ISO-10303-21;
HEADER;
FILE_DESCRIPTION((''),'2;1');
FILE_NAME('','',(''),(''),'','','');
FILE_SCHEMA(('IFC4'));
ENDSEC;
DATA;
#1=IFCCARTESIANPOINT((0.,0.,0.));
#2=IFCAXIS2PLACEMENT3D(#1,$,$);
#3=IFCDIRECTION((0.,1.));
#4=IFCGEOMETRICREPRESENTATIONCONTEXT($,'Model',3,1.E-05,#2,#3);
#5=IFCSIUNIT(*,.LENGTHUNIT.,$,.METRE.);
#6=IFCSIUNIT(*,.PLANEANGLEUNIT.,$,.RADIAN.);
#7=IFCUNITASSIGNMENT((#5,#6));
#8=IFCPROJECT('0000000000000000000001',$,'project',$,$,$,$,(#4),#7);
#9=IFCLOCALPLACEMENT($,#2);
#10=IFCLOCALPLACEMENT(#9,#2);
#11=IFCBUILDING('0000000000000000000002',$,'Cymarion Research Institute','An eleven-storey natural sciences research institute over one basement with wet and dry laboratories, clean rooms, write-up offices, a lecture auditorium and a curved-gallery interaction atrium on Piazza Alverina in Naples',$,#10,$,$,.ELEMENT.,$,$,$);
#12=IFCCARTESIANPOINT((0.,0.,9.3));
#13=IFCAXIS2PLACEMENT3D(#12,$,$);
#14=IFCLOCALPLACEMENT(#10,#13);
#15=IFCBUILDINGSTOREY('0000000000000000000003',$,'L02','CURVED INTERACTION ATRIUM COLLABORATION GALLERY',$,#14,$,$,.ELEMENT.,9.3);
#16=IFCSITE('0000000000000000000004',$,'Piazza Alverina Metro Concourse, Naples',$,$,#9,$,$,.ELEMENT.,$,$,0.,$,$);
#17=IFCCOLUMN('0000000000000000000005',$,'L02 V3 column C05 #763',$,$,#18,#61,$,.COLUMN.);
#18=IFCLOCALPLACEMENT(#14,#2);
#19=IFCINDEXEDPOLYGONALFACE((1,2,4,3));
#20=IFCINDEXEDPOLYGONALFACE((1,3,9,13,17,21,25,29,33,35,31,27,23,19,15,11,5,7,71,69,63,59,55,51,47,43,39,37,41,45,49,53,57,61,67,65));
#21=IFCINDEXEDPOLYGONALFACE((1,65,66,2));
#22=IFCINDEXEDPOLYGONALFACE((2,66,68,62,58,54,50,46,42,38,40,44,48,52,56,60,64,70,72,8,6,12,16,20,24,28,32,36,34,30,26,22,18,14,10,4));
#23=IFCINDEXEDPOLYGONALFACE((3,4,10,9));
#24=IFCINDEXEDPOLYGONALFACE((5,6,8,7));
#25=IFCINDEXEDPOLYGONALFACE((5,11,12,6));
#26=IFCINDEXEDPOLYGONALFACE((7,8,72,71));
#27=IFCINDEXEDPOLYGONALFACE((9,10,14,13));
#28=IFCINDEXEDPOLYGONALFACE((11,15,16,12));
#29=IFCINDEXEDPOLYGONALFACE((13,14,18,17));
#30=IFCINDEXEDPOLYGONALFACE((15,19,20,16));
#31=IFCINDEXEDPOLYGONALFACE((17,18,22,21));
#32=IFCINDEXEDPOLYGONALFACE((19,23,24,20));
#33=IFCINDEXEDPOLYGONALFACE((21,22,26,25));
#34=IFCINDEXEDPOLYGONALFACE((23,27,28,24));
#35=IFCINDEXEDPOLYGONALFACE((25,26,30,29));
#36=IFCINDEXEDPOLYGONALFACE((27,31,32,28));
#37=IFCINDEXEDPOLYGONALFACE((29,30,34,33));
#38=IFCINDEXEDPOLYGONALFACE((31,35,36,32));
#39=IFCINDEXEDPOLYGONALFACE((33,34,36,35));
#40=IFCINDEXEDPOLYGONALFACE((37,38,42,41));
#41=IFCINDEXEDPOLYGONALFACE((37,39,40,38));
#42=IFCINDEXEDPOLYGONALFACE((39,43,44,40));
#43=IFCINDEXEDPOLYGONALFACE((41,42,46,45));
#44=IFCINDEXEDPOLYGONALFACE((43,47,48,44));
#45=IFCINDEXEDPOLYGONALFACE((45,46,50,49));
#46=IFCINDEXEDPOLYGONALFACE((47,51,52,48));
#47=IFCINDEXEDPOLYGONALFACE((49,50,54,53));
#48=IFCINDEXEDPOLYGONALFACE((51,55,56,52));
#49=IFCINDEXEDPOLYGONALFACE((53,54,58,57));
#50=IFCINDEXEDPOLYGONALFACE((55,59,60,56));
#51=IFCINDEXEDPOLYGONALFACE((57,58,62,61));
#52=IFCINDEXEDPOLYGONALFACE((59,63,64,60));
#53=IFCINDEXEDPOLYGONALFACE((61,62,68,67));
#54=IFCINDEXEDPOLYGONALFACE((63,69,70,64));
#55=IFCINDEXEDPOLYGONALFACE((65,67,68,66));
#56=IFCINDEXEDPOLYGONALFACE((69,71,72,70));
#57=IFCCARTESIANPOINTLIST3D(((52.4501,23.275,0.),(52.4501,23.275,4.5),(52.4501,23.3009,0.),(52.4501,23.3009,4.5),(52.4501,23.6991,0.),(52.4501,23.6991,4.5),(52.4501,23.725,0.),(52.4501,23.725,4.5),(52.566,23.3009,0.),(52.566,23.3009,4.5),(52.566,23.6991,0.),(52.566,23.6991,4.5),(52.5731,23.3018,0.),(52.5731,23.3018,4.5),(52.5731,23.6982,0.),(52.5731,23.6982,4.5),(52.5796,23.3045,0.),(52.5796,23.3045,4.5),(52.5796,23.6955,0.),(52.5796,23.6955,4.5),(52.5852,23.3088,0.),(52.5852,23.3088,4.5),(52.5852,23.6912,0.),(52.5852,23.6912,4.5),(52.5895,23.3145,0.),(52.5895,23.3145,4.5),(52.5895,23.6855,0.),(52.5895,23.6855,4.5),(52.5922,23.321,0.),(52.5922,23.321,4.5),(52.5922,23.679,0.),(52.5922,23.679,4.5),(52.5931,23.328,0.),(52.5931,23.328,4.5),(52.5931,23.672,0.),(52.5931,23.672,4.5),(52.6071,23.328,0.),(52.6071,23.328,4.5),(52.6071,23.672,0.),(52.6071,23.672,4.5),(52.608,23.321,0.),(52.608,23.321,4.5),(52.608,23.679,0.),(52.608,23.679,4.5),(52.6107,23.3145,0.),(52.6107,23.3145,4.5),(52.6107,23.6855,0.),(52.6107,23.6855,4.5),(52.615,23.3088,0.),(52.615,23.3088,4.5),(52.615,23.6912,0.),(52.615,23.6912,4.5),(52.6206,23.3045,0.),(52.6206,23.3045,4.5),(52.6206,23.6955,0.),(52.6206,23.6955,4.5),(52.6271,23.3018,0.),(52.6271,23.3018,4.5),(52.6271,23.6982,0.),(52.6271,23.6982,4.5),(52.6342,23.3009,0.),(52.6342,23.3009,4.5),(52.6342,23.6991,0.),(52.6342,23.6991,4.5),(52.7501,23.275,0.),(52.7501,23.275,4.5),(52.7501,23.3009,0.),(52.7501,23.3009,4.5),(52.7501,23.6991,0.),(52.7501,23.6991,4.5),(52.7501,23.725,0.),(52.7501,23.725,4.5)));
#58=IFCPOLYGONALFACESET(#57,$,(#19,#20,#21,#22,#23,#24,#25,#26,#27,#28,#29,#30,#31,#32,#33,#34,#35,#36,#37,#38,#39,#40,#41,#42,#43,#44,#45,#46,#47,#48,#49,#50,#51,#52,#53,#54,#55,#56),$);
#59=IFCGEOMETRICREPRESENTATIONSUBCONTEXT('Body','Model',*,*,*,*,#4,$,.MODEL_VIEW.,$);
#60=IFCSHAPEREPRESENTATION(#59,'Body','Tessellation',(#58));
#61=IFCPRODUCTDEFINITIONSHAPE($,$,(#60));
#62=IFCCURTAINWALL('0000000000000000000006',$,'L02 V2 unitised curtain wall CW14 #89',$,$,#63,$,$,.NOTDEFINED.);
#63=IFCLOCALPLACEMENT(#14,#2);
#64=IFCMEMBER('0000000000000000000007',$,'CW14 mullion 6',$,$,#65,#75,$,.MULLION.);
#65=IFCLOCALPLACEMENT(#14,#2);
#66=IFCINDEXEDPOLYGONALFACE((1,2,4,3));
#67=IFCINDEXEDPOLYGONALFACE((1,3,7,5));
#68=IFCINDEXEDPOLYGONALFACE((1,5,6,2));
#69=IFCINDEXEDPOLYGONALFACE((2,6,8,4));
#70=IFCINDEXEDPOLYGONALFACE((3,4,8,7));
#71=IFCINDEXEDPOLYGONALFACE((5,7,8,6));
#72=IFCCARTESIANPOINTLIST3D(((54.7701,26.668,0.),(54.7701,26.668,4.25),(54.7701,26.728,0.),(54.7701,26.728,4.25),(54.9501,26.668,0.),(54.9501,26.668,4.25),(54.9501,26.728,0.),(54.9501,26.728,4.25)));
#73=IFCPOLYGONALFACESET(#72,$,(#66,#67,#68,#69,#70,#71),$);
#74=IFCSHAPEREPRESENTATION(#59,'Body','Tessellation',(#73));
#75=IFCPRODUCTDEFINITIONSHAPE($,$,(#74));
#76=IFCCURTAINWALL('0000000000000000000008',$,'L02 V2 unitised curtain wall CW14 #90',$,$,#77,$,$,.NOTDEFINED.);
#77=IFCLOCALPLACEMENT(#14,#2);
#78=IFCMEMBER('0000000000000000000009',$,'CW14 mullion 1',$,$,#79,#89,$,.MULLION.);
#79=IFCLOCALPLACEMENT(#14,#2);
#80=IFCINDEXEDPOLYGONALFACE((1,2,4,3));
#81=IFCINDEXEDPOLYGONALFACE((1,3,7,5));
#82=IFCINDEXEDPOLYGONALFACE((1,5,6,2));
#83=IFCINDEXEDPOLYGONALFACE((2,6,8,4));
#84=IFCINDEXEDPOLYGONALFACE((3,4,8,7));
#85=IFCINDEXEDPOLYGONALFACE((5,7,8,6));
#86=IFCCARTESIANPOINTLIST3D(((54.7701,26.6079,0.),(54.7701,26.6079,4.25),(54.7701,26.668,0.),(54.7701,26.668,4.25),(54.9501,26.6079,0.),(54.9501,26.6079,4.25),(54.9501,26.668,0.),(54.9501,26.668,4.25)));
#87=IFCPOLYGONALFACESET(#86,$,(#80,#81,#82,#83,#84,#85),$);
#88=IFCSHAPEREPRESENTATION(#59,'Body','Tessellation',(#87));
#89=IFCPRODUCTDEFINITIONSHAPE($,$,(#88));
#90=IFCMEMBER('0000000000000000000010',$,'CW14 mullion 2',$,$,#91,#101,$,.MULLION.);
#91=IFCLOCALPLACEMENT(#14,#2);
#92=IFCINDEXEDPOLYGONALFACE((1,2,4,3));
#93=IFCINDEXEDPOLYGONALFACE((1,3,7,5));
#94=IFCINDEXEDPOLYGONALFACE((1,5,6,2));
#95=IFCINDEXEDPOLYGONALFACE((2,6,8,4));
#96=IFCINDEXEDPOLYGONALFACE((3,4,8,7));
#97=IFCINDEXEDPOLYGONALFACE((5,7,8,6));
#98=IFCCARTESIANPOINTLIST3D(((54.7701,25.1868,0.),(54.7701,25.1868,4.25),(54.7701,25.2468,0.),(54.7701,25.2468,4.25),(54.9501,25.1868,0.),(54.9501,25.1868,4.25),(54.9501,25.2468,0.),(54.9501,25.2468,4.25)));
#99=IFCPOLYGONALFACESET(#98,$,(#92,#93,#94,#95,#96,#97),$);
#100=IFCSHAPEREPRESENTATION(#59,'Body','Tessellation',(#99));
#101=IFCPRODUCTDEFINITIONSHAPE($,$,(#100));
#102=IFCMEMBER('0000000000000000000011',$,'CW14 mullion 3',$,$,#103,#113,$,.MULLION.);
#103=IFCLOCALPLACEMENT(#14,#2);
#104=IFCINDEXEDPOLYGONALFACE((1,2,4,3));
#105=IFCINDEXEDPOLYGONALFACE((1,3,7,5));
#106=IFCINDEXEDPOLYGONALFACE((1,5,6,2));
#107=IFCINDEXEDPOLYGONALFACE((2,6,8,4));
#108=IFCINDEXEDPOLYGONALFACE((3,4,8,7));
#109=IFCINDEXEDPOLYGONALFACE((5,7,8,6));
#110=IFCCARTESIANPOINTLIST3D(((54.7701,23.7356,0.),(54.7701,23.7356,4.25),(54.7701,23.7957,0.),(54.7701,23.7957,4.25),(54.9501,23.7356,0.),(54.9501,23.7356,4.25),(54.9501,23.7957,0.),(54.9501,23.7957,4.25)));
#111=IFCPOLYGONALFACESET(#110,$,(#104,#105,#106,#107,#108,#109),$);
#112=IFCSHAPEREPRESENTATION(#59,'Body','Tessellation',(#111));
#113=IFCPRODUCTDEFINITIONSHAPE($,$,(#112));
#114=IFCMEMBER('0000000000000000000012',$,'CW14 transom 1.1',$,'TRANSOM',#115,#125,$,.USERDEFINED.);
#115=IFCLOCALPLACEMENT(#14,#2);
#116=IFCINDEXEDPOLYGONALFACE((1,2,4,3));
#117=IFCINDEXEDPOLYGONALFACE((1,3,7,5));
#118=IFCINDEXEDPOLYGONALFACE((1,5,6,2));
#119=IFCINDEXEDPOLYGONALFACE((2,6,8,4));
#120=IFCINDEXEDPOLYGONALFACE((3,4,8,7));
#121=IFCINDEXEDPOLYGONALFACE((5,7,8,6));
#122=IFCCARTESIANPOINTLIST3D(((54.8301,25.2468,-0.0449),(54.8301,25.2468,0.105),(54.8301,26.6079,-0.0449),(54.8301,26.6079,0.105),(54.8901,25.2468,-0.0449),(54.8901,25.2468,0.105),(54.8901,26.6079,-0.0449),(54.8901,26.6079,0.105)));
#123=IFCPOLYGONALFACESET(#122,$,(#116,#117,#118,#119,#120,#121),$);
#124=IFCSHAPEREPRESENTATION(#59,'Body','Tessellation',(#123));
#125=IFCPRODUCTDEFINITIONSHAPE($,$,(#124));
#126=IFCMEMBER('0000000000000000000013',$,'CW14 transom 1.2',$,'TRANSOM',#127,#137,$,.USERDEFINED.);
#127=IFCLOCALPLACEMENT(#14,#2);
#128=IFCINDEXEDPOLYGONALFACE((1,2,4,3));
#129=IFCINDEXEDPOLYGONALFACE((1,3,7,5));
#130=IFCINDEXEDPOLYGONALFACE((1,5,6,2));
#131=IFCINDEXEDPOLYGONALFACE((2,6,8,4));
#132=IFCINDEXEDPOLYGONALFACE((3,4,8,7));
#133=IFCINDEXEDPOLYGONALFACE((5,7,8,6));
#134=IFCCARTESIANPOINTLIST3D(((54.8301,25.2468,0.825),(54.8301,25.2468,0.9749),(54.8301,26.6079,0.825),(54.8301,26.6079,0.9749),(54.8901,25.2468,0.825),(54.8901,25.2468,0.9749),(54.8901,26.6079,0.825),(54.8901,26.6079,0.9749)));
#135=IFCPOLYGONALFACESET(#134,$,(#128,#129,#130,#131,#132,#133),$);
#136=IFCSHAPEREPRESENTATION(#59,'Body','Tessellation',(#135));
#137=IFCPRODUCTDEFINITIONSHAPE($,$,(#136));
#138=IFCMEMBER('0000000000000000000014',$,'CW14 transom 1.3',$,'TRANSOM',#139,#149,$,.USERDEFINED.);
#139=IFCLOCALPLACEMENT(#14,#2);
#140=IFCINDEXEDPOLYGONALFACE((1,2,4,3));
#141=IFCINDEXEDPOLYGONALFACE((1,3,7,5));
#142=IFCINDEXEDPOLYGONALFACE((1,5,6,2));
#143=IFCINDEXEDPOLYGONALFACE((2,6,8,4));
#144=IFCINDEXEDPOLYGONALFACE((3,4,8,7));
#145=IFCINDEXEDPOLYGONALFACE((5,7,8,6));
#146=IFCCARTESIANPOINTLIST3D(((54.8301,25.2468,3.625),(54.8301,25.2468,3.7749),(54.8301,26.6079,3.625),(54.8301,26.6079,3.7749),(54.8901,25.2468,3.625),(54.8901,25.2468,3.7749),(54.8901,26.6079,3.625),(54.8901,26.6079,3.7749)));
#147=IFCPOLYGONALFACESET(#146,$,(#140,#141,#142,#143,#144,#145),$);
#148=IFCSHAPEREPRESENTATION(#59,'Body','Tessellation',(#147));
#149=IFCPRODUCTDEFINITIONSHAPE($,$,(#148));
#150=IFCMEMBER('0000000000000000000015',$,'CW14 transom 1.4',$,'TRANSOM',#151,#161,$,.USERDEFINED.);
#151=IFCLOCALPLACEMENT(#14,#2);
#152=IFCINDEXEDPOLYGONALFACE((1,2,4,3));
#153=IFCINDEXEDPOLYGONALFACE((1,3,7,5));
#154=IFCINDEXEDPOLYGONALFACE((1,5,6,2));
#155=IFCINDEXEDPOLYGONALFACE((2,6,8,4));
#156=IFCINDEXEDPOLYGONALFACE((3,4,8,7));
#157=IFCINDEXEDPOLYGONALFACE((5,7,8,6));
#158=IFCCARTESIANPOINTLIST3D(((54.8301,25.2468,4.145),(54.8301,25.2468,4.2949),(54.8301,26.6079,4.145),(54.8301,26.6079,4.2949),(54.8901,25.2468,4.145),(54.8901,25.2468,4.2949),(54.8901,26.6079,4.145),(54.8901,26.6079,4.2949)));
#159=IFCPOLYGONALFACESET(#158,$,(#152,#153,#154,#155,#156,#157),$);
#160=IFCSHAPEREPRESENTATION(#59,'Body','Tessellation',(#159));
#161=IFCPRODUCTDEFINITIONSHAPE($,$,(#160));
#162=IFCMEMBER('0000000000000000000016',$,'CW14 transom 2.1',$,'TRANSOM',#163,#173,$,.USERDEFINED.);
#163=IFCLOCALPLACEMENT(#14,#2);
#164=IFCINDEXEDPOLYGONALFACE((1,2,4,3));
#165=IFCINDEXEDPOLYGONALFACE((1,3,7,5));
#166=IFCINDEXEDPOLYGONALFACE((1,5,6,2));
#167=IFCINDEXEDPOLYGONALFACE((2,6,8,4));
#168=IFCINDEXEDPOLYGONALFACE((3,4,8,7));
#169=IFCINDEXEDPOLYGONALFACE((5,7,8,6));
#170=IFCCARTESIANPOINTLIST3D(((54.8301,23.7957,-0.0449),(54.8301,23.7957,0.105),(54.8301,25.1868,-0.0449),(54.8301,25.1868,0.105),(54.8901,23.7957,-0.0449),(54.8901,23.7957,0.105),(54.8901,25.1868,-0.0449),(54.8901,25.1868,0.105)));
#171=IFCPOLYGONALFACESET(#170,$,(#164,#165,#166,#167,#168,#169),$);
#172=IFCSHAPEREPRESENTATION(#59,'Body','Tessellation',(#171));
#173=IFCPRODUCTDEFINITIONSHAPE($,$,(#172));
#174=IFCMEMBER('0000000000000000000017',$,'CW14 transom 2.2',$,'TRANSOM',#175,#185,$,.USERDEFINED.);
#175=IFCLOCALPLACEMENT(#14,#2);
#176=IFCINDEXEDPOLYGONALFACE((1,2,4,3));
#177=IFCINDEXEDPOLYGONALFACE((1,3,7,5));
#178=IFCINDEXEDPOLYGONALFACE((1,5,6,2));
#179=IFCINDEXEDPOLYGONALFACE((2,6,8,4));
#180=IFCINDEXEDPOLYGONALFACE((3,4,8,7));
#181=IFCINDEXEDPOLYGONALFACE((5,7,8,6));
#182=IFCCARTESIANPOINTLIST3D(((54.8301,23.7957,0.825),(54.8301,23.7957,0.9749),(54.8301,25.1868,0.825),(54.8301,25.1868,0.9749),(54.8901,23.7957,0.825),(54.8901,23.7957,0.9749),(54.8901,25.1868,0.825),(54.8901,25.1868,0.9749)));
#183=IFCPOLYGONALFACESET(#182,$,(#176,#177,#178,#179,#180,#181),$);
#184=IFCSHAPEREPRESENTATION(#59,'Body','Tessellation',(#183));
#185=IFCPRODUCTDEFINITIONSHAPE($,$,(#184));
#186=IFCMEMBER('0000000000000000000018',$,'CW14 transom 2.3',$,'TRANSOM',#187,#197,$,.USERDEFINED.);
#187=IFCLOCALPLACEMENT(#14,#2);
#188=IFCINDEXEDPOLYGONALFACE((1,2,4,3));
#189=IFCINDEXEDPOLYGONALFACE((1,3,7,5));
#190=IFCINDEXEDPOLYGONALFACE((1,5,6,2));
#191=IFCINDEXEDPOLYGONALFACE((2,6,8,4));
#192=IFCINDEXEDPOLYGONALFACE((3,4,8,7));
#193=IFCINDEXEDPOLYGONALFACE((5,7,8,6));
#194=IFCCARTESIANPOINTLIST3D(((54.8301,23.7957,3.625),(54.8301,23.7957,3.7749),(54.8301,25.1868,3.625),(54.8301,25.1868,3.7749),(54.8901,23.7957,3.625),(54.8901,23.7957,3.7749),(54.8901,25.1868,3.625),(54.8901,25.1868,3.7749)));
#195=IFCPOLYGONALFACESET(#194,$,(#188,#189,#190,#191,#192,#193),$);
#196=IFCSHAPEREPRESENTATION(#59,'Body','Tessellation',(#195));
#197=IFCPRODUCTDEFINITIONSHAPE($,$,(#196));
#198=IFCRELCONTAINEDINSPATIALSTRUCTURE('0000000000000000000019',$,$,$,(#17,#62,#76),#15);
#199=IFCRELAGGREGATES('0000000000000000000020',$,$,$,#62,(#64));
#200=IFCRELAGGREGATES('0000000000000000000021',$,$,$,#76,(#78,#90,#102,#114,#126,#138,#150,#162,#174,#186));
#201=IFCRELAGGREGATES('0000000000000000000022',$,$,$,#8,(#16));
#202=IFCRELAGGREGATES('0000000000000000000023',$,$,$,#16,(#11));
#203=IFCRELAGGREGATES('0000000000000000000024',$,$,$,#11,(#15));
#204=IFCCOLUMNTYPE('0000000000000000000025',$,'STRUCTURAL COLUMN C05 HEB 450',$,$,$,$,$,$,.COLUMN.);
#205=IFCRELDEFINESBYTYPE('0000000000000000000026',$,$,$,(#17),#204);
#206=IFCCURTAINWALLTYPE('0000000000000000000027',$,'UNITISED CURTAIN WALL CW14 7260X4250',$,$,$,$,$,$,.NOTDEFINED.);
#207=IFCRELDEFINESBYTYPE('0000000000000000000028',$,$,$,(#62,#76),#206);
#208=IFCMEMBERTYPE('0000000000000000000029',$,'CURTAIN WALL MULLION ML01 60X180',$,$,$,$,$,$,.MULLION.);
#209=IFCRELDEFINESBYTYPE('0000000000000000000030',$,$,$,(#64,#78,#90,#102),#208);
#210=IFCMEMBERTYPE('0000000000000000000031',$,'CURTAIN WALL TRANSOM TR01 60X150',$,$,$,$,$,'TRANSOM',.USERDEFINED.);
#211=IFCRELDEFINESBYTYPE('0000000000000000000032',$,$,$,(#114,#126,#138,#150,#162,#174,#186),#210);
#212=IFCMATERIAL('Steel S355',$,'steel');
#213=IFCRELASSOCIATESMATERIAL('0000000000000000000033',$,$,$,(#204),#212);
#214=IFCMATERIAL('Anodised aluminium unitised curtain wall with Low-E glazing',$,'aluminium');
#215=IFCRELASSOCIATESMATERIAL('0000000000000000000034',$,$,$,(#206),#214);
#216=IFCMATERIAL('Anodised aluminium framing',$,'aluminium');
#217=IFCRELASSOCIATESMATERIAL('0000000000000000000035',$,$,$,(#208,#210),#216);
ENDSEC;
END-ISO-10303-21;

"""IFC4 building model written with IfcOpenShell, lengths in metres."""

from ifc_helpers import new_model, si_unit, direction, frame, origin, origin_2d, place, context, subcontext, project, spatial, rectangle, i_section, extrude, material, material_profile, profile_set, type_object, element, aggregate, save


model = new_model("IFC4")

# Units and contexts
model_context = context("Model", 3, precision=1e-05, world=origin(), true_north=direction((0.0, 1.0)))
body_context = subcontext(model_context, "Body", "Model", "MODEL_VIEW")
ifc_project = project(units=[si_unit("LENGTHUNIT", "METRE"), si_unit("PLANEANGLEUNIT", "RADIAN")], contexts=[model_context])

# Site, building, storey
site_placement = place(None, origin())
site = spatial("IfcSite", under=ifc_project, at=site_placement, Name="Piazza Alverina Metro Concourse, Naples", CompositionType="ELEMENT", RefElevation=0.0)
building_placement = place(site_placement, origin())
building = spatial("IfcBuilding", under=site, at=building_placement, Name="Cymarion Research Institute", Description="An eleven-storey natural sciences research institute over one basement with wet and dry laboratories, clean rooms, write-up offices, a lecture auditorium and a curved-gallery interaction atrium on Piazza Alverina in Naples", CompositionType="ELEMENT")
storey_placement = place(building_placement, frame((0.0, 0.0, 9.3)))
storey = spatial("IfcBuildingStorey", under=building, at=storey_placement, Name="L02", Description="CURVED INTERACTION ATRIUM COLLABORATION GALLERY", CompositionType="ELEMENT", Elevation=9.3)

# Column
ifc_material_1 = material(Name="Steel S355", Category="steel")
ifc_material_profile_1 = material_profile(ifc_material_1, i_section(OverallWidth=0.3, OverallDepth=0.45, WebThickness=0.0139, FlangeThickness=0.0259, FilletRadius=0.0271, at=origin_2d()), Name="HEB 450")
ifc_profile_set_1 = profile_set([ifc_material_profile_1], Name="Steel S355")
column_type = type_object("IfcColumnType", Name="STRUCTURAL COLUMN C05 HEB 450", PredefinedType="COLUMN", material=ifc_profile_set_1)
column_placement = place(storey_placement, frame((52.6001, 23.5, 0.0), z_axis=(0.0, 0.0, 1.0), x_axis=(1.0, 0.0, 0.0)))
element("IfcColumn", 1, at=column_placement, inside=storey, type_object=column_type, Name="L02 V3 column C05 #763", PredefinedType="COLUMN", context=body_context, shape_type="SweptSolid", body=[
    extrude(i_section(OverallWidth=0.3, OverallDepth=0.45, WebThickness=0.0139, FlangeThickness=0.0259, FilletRadius=0.0271, at=origin_2d()), origin(), (0.0, 0.0, 1.0), 4.5),
])

# Curtain wall, member
ifc_material_2 = material(Name="Anodised aluminium unitised curtain wall with Low-E glazing", Category="aluminium")
curtain_wall_type = type_object("IfcCurtainWallType", Name="UNITISED CURTAIN WALL CW14 7260X4250", PredefinedType="NOTDEFINED", material=ifc_material_2)
curtain_wall_1_placement = place(storey_placement, origin())
curtain_wall_1 = element("IfcCurtainWall", 2, at=curtain_wall_1_placement, inside=storey, type_object=curtain_wall_type, Name="L02 V2 unitised curtain wall CW14 #89", PredefinedType="NOTDEFINED")
ifc_material_3 = material(Name="Anodised aluminium framing", Category="aluminium")
ifc_material_profile_2 = material_profile(ifc_material_3, rectangle(XDim=0.0601, YDim=0.1799, at=origin_2d()), Name="ALU MULLION 60x180")
ifc_profile_set_2 = profile_set([ifc_material_profile_2], Name="Anodised aluminium framing")
member_type_1 = type_object("IfcMemberType", Name="CURTAIN WALL MULLION ML01 60X180", PredefinedType="MULLION", material=ifc_profile_set_2)
member_1_placement = place(storey_placement, frame((54.8601, 26.698, 0.0), z_axis=(0.0, 0.0, 1.0), x_axis=(0.0, -1.0, 0.0)))
member_1 = element("IfcMember", 3, at=member_1_placement, type_object=member_type_1, Name="CW14 mullion 6", PredefinedType="MULLION", context=body_context, shape_type="SweptSolid", body=[
    extrude(rectangle(XDim=0.0601, YDim=0.1799, at=origin_2d()), origin(), (0.0, 0.0, 1.0), 4.25),
])

# Curtain wall, members
curtain_wall_2_placement = place(storey_placement, origin())
curtain_wall_2 = element("IfcCurtainWall", 4, at=curtain_wall_2_placement, inside=storey, type_object=curtain_wall_type, Name="L02 V2 unitised curtain wall CW14 #90", PredefinedType="NOTDEFINED")
member_2_placement = place(storey_placement, frame((54.8601, 26.6379, 0.0), z_axis=(0.0, 0.0, 1.0), x_axis=(0.0, -1.0, 0.0)))
member_2 = element("IfcMember", 5, at=member_2_placement, type_object=member_type_1, Name="CW14 mullion 1", PredefinedType="MULLION", context=body_context, shape_type="SweptSolid", body=[
    extrude(rectangle(XDim=0.0601, YDim=0.1799, at=origin_2d()), origin(), (0.0, 0.0, 1.0), 4.25),
])
member_3_placement = place(storey_placement, frame((54.8601, 25.2168, 0.0), z_axis=(0.0, 0.0, 1.0), x_axis=(0.0, -1.0, 0.0)))
member_3 = element("IfcMember", 6, at=member_3_placement, type_object=member_type_1, Name="CW14 mullion 2", PredefinedType="MULLION", context=body_context, shape_type="SweptSolid", body=[
    extrude(rectangle(XDim=0.0601, YDim=0.1799, at=origin_2d()), origin(), (0.0, 0.0, 1.0), 4.25),
])
member_4_placement = place(storey_placement, frame((54.8601, 23.7656, 0.0), z_axis=(0.0, 0.0, 1.0), x_axis=(0.0, -1.0, 0.0)))
member_4 = element("IfcMember", 7, at=member_4_placement, type_object=member_type_1, Name="CW14 mullion 3", PredefinedType="MULLION", context=body_context, shape_type="SweptSolid", body=[
    extrude(rectangle(XDim=0.0601, YDim=0.1799, at=origin_2d()), origin(), (0.0, 0.0, 1.0), 4.25),
])
ifc_material_profile_3 = material_profile(ifc_material_3, rectangle(XDim=0.0601, YDim=0.1499, at=origin_2d()), Name="ALU TRANSOM 60x150")
ifc_profile_set_3 = profile_set([ifc_material_profile_3], Name="Anodised aluminium framing")
member_type_2 = type_object("IfcMemberType", Name="CURTAIN WALL TRANSOM TR01 60X150", ElementType="TRANSOM", PredefinedType="USERDEFINED", material=ifc_profile_set_3)
member_5_placement = place(storey_placement, frame((54.8601, 26.6079, 0.03), z_axis=(0.0, -1.0, 0.0), x_axis=(1.0, 0.0, 0.0)))
member_5 = element("IfcMember", 8, at=member_5_placement, type_object=member_type_2, Name="CW14 transom 1.1", ObjectType="TRANSOM", PredefinedType="USERDEFINED", context=body_context, shape_type="SweptSolid", body=[
    extrude(rectangle(XDim=0.0601, YDim=0.1499, at=origin_2d()), origin(), (0.0, 0.0, 1.0), 1.3611),
])
member_6_placement = place(storey_placement, frame((54.8601, 26.6079, 0.8999), z_axis=(0.0, -1.0, 0.0), x_axis=(1.0, 0.0, 0.0)))
member_6 = element("IfcMember", 9, at=member_6_placement, type_object=member_type_2, Name="CW14 transom 1.2", ObjectType="TRANSOM", PredefinedType="USERDEFINED", context=body_context, shape_type="SweptSolid", body=[
    extrude(rectangle(XDim=0.0601, YDim=0.1499, at=origin_2d()), origin(), (0.0, 0.0, 1.0), 1.3611),
])
member_7_placement = place(storey_placement, frame((54.8601, 26.6079, 3.7), z_axis=(0.0, -1.0, 0.0), x_axis=(1.0, 0.0, 0.0)))
member_7 = element("IfcMember", 10, at=member_7_placement, type_object=member_type_2, Name="CW14 transom 1.3", ObjectType="TRANSOM", PredefinedType="USERDEFINED", context=body_context, shape_type="SweptSolid", body=[
    extrude(rectangle(XDim=0.0601, YDim=0.1499, at=origin_2d()), origin(), (0.0, 0.0, 1.0), 1.3611),
])
member_8_placement = place(storey_placement, frame((54.8601, 26.6079, 4.22), z_axis=(0.0, -1.0, 0.0), x_axis=(1.0, 0.0, 0.0)))
member_8 = element("IfcMember", 11, at=member_8_placement, type_object=member_type_2, Name="CW14 transom 1.4", ObjectType="TRANSOM", PredefinedType="USERDEFINED", context=body_context, shape_type="SweptSolid", body=[
    extrude(rectangle(XDim=0.0601, YDim=0.1499, at=origin_2d()), origin(), (0.0, 0.0, 1.0), 1.3611),
])
member_9_placement = place(storey_placement, frame((54.8601, 25.1868, 0.03), z_axis=(0.0, -1.0, 0.0), x_axis=(1.0, 0.0, 0.0)))
member_9 = element("IfcMember", 12, at=member_9_placement, type_object=member_type_2, Name="CW14 transom 2.1", ObjectType="TRANSOM", PredefinedType="USERDEFINED", context=body_context, shape_type="SweptSolid", body=[
    extrude(rectangle(XDim=0.0601, YDim=0.1499, at=origin_2d()), origin(), (0.0, 0.0, 1.0), 1.3911),
])
member_10_placement = place(storey_placement, frame((54.8601, 25.1868, 0.8999), z_axis=(0.0, -1.0, 0.0), x_axis=(1.0, 0.0, 0.0)))
member_10 = element("IfcMember", 13, at=member_10_placement, type_object=member_type_2, Name="CW14 transom 2.2", ObjectType="TRANSOM", PredefinedType="USERDEFINED", context=body_context, shape_type="SweptSolid", body=[
    extrude(rectangle(XDim=0.0601, YDim=0.1499, at=origin_2d()), origin(), (0.0, 0.0, 1.0), 1.3911),
])
member_11_placement = place(storey_placement, frame((54.8601, 25.1868, 3.7), z_axis=(0.0, -1.0, 0.0), x_axis=(1.0, 0.0, 0.0)))
member_11 = element("IfcMember", 14, at=member_11_placement, type_object=member_type_2, Name="CW14 transom 2.3", ObjectType="TRANSOM", PredefinedType="USERDEFINED", context=body_context, shape_type="SweptSolid", body=[
    extrude(rectangle(XDim=0.0601, YDim=0.1499, at=origin_2d()), origin(), (0.0, 0.0, 1.0), 1.3911),
])

aggregate(curtain_wall_1, [member_1])
aggregate(curtain_wall_2, [member_2, member_3, member_4, member_5, member_6, member_7, member_8, member_9, member_10, member_11])

save(model, "model.ifc")
